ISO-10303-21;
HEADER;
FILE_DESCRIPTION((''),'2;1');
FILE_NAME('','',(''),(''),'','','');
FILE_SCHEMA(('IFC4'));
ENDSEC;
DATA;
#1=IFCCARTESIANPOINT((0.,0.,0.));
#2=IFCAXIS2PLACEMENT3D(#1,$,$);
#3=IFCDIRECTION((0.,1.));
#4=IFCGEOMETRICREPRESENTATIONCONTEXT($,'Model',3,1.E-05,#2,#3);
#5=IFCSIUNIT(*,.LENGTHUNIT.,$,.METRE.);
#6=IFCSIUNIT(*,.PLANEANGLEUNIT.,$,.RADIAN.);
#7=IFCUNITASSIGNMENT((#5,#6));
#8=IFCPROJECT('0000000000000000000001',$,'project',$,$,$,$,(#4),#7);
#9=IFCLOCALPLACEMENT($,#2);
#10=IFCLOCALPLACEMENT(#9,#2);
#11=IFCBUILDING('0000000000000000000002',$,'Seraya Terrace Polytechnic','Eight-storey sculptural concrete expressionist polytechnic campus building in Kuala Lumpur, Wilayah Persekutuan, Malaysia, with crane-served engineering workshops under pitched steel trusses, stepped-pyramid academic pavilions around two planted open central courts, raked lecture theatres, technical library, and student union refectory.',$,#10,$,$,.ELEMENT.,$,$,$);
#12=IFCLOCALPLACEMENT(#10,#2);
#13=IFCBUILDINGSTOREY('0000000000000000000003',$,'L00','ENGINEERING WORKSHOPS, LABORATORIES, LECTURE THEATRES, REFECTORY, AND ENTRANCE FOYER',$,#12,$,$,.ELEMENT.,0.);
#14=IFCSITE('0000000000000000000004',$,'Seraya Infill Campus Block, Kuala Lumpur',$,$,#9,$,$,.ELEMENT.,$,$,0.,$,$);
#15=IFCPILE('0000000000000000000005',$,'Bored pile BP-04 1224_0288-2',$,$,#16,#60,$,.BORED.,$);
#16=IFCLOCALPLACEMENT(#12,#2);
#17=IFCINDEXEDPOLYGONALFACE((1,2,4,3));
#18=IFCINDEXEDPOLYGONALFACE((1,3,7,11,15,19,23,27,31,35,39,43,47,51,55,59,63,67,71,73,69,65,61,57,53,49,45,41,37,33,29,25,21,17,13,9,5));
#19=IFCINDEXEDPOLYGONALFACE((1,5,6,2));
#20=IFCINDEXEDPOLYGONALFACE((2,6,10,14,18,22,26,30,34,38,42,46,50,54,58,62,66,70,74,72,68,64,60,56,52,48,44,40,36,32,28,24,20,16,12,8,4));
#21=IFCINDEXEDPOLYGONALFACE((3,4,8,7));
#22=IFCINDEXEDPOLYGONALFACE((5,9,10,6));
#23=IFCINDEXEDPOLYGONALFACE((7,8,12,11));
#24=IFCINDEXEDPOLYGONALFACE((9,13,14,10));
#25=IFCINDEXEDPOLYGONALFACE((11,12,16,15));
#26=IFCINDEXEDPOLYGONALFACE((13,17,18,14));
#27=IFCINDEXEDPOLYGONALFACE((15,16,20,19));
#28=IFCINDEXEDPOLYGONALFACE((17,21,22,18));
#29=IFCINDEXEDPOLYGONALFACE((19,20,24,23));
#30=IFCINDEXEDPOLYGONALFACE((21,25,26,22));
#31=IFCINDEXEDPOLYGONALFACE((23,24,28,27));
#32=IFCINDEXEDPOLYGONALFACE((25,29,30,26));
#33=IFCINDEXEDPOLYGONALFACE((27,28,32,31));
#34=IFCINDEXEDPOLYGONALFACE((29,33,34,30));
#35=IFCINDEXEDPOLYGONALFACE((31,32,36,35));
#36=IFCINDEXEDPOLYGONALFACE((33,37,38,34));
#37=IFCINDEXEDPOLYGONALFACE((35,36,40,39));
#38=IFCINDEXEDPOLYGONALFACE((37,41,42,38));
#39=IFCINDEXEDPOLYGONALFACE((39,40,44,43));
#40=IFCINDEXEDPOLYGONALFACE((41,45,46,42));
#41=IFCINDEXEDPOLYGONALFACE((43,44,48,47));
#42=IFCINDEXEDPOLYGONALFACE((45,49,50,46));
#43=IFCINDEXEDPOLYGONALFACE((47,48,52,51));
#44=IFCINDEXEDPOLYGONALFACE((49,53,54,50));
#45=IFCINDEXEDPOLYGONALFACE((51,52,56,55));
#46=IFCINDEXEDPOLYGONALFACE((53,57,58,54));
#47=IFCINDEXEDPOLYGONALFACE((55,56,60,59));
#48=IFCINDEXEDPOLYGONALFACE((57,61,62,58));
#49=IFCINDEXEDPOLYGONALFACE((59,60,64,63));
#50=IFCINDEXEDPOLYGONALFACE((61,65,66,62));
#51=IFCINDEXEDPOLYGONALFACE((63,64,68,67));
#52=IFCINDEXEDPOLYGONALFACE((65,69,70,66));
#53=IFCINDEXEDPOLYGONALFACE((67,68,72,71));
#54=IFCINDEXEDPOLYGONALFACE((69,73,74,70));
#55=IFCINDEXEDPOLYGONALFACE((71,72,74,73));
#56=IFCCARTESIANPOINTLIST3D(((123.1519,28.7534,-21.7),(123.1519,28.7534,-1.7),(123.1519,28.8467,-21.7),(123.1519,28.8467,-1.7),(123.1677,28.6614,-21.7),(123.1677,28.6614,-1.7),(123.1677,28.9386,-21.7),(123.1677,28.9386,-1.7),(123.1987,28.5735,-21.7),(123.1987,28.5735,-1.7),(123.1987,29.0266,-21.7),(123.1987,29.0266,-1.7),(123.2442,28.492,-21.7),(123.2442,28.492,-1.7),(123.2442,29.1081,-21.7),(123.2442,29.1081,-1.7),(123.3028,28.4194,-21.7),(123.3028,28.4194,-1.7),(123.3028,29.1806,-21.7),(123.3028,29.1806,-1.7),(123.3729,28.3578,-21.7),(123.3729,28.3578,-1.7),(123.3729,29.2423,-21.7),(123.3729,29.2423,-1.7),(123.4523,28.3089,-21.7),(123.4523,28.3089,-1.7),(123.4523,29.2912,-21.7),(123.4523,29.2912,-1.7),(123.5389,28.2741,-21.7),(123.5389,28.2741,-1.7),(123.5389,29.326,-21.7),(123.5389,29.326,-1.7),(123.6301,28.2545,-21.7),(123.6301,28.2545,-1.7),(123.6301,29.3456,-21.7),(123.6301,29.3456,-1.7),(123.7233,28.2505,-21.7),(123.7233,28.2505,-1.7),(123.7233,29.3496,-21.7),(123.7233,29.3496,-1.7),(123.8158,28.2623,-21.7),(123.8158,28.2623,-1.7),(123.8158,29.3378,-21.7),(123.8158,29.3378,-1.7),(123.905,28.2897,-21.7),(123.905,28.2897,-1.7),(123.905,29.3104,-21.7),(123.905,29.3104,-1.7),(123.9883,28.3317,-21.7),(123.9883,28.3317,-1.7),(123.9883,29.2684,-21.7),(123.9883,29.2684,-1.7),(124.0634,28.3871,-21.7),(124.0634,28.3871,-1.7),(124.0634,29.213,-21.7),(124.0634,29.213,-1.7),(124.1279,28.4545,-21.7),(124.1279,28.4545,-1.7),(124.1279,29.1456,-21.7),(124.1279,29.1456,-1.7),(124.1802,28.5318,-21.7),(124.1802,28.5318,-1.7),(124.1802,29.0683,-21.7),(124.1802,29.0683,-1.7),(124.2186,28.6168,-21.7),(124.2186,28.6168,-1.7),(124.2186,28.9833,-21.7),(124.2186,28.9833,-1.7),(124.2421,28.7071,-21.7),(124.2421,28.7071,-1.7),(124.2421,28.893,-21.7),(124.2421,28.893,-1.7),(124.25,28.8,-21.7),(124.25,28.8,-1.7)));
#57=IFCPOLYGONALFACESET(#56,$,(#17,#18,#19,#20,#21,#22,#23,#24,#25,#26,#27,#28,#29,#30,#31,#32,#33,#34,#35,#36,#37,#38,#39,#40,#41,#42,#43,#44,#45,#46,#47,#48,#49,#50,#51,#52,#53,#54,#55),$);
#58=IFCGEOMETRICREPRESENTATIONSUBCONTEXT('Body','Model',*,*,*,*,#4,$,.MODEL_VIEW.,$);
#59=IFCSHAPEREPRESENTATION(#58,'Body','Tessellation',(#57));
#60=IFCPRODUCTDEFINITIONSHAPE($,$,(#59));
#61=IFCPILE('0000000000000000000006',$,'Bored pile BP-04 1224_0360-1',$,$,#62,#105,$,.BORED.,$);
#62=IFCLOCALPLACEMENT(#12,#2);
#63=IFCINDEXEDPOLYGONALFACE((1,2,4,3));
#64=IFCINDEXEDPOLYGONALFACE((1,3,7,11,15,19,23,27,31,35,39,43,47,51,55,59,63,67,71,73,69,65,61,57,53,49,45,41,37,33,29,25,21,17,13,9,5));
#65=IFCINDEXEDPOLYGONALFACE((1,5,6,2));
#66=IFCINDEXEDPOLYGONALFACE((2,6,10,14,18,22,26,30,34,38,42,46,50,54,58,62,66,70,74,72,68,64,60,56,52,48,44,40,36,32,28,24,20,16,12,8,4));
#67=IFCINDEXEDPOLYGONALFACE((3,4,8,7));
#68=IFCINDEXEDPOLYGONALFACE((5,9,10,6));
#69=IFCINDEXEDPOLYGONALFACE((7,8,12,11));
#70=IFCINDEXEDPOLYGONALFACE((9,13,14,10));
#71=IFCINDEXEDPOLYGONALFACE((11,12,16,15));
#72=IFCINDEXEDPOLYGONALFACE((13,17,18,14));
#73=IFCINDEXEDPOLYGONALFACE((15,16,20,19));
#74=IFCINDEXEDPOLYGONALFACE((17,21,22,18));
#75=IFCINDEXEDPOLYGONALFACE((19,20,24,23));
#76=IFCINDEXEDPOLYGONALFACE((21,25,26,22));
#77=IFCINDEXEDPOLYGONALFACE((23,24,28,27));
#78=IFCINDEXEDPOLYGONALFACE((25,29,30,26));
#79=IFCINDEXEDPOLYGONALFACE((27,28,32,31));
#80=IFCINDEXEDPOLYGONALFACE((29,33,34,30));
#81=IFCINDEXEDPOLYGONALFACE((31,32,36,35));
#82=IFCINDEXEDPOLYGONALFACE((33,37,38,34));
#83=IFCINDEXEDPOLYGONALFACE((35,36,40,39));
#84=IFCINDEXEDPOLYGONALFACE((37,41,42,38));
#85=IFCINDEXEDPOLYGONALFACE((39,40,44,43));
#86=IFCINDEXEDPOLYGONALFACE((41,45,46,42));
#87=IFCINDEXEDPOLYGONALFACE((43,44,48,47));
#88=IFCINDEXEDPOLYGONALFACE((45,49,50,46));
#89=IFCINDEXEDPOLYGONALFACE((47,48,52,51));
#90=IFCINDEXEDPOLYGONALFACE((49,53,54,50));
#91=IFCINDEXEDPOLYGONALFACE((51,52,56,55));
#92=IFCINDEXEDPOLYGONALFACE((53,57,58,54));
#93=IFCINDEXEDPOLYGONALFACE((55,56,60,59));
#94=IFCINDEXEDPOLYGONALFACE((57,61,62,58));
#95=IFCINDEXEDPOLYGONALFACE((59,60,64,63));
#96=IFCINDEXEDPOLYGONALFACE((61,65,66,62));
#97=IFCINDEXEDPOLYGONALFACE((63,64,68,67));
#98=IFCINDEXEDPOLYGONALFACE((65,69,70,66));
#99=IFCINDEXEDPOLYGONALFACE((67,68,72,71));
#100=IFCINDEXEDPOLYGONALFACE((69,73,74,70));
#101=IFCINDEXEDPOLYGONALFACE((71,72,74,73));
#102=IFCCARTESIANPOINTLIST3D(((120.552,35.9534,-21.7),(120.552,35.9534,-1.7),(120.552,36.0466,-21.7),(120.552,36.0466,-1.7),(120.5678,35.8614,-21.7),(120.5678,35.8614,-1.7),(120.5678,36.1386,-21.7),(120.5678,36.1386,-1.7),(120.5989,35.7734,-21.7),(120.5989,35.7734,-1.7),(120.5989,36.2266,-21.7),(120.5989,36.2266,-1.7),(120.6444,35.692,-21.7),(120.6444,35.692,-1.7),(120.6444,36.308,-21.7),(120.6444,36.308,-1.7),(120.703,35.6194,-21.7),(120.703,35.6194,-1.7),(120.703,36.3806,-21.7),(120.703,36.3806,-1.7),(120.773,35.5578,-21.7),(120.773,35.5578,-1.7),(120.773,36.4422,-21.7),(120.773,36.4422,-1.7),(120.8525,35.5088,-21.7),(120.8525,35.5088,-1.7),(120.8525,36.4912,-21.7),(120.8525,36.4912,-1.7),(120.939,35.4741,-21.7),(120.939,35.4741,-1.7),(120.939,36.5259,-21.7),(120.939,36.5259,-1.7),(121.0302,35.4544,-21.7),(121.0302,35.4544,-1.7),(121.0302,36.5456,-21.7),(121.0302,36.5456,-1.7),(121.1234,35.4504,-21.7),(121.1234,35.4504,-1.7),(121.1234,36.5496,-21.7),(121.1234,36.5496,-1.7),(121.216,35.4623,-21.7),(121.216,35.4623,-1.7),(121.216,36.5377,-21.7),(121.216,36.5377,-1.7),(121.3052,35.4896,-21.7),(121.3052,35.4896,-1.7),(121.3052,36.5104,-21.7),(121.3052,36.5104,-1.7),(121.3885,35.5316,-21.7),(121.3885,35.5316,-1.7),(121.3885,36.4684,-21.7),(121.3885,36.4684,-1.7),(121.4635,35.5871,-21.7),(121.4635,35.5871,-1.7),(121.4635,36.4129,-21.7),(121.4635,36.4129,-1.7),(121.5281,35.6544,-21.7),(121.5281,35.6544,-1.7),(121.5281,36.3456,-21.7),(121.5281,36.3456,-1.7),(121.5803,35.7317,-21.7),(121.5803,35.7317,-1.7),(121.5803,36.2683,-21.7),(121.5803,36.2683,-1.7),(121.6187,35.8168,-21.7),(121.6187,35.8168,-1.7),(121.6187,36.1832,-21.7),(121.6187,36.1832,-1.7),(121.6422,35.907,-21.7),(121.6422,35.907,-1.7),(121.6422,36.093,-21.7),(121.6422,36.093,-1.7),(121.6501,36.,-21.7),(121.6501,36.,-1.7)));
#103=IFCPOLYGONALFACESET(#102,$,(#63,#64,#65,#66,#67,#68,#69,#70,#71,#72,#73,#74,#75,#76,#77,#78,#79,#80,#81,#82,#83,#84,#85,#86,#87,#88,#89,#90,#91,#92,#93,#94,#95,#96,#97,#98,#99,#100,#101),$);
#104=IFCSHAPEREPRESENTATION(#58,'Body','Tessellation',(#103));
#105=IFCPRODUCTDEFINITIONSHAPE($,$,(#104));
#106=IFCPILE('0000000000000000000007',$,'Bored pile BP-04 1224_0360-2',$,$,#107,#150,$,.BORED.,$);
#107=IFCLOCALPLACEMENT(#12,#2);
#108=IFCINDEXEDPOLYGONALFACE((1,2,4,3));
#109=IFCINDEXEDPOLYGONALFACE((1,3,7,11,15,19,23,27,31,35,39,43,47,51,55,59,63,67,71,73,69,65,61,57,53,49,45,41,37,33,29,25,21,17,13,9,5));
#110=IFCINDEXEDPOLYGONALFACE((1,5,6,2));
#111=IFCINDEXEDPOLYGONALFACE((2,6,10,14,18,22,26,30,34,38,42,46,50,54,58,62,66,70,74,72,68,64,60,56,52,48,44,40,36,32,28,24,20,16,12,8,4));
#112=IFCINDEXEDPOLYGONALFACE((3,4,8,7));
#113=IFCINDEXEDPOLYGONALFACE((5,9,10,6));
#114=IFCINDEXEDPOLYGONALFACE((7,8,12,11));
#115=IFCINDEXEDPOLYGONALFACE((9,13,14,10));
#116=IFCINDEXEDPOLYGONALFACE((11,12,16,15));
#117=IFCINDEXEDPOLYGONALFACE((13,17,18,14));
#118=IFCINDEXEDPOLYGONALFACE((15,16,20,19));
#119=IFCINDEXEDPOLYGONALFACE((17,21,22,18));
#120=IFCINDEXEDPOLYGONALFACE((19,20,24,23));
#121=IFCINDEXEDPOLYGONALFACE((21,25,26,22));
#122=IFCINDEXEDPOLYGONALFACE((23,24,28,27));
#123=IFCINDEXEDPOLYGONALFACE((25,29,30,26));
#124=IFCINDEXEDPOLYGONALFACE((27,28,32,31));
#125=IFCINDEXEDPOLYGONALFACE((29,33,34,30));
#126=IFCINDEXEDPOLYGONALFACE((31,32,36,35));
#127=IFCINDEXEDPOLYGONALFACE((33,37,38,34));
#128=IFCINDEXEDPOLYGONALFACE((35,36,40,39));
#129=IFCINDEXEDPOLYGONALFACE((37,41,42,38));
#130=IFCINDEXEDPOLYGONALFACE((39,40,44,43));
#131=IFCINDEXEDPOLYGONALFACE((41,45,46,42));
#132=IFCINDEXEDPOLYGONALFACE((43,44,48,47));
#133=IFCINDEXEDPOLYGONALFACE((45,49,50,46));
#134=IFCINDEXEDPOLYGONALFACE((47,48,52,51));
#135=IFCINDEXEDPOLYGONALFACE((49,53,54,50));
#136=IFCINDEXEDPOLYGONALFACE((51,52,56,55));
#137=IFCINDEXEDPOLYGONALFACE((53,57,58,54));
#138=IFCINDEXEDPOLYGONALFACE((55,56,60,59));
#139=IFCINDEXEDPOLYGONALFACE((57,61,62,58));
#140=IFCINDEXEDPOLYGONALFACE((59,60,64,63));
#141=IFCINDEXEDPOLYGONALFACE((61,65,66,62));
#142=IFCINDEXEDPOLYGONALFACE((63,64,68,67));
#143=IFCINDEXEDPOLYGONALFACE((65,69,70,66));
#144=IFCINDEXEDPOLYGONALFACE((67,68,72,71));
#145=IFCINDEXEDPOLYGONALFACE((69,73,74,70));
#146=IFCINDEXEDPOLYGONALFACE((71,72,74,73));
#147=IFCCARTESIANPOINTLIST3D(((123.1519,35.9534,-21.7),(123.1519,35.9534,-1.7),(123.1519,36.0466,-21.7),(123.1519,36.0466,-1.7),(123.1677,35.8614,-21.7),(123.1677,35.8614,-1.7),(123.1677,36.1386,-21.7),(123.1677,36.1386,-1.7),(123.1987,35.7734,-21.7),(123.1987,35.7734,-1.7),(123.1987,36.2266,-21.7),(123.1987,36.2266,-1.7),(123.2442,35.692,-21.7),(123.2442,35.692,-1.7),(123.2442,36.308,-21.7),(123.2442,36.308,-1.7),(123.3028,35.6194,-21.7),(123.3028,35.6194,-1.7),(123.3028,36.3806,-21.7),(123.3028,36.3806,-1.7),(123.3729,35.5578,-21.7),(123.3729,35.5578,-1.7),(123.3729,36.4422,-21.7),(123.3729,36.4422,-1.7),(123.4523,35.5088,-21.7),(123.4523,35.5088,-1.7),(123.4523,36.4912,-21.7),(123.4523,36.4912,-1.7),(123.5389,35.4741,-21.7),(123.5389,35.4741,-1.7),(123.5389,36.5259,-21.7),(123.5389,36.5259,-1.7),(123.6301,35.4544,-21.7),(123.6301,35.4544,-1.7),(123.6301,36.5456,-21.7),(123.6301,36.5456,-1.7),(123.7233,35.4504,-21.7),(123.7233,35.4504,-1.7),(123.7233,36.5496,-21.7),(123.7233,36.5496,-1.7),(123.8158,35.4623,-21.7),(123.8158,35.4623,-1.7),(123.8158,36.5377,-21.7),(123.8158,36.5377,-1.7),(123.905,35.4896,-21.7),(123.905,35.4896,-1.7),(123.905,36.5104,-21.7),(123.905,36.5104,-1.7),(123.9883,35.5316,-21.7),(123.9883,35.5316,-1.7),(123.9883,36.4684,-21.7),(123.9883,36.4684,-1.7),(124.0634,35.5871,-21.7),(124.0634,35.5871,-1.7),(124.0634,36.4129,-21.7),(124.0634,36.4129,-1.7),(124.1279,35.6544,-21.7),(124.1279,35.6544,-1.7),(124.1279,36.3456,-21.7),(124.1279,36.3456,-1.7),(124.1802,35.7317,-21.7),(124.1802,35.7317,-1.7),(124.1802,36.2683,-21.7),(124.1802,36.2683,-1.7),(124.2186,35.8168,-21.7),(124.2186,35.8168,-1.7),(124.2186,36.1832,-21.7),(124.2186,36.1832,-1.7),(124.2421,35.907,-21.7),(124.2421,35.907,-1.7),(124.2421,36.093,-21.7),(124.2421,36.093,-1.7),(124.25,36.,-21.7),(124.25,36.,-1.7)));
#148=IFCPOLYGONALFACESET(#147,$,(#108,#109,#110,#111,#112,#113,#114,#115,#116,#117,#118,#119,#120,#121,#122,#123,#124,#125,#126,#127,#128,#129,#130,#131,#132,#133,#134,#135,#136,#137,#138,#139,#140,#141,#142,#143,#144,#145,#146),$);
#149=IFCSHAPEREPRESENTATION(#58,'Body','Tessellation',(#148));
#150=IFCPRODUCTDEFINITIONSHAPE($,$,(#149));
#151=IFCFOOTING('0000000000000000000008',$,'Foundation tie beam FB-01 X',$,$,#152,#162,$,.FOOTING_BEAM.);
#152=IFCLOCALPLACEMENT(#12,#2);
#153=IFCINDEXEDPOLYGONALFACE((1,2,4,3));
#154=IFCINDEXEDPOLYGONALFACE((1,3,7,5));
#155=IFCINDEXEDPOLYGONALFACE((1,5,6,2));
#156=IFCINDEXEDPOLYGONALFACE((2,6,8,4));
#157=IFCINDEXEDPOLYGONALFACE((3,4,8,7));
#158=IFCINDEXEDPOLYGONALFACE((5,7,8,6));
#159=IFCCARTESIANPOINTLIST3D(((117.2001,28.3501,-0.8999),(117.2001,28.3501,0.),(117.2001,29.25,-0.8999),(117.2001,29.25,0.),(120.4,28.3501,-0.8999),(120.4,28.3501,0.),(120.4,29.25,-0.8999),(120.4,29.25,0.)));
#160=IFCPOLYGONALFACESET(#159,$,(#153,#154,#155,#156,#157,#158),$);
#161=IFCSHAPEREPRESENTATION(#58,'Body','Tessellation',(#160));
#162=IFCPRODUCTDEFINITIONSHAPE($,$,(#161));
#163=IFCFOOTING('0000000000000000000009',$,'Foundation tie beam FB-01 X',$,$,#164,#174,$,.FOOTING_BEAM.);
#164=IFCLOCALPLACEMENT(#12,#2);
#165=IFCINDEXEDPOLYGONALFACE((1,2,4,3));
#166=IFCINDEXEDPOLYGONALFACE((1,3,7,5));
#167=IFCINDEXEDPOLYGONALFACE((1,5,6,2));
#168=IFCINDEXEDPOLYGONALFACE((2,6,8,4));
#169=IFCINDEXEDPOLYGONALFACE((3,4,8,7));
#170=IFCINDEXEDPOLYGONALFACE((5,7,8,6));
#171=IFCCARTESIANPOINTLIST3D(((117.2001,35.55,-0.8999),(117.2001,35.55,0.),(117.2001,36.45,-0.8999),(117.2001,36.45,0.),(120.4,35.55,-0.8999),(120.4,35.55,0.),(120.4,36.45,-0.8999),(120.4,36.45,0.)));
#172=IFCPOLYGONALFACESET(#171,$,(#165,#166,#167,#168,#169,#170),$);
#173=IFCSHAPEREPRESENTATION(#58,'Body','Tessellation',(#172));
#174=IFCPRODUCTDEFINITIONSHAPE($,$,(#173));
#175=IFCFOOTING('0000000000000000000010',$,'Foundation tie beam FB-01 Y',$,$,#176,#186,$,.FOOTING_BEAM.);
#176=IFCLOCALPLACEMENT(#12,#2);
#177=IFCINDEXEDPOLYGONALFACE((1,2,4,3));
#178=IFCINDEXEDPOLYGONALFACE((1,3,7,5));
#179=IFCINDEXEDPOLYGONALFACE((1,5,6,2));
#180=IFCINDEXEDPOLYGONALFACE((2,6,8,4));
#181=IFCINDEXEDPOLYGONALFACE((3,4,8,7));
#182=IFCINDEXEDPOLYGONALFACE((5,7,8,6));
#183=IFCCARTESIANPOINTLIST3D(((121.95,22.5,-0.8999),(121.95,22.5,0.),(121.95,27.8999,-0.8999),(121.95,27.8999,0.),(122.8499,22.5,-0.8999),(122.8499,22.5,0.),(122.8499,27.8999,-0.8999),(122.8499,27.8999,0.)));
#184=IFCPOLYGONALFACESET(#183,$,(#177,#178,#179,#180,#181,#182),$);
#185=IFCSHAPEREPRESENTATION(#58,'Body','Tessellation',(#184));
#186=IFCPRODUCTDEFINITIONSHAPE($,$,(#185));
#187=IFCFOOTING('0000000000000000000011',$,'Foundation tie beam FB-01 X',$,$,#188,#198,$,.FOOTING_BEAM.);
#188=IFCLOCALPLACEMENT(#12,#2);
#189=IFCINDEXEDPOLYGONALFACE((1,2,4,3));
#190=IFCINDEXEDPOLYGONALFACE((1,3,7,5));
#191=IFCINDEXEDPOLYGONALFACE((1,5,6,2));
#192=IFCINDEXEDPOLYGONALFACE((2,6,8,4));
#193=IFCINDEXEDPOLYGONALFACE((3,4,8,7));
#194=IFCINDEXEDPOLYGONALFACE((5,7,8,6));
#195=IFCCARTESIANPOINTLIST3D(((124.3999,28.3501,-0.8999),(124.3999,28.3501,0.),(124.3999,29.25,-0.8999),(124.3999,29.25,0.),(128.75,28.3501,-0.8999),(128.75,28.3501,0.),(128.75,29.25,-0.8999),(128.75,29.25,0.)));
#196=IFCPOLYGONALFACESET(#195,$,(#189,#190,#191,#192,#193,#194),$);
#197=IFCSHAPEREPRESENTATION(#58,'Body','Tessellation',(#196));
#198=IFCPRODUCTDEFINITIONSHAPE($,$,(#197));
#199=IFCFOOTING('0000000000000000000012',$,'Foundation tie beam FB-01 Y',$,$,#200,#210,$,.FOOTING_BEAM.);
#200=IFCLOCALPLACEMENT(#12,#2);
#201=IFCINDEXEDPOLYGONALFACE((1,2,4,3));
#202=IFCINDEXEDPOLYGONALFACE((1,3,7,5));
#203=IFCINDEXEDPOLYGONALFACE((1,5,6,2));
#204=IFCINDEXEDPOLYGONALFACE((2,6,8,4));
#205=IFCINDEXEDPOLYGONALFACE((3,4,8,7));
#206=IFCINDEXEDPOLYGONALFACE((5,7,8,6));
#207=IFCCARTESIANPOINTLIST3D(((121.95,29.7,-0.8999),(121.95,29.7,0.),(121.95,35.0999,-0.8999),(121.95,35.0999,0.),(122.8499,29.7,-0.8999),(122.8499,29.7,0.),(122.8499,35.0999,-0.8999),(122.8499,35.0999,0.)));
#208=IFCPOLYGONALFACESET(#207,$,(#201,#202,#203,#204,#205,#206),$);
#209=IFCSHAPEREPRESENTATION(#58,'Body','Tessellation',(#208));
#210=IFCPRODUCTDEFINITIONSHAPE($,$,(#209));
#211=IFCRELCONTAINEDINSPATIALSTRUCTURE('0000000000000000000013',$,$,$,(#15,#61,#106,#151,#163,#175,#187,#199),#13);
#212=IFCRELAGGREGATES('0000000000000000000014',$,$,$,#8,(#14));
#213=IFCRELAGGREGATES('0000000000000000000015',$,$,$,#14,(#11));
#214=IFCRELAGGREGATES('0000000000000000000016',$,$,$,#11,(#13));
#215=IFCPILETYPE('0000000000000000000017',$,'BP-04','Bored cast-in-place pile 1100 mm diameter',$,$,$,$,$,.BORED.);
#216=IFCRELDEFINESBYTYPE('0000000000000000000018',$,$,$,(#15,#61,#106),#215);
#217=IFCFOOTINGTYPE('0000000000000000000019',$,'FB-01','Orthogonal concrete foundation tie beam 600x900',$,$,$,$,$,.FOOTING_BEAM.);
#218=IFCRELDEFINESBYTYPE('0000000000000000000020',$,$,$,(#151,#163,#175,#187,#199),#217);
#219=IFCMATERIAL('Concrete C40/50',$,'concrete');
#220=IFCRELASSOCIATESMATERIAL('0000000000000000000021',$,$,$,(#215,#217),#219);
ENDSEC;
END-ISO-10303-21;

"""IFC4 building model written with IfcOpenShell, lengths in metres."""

from ifc_helpers import new_model, si_unit, direction, frame, origin, origin_2d, place, context, subcontext, project, spatial, rectangle, circle, extrude, material, material_profile, profile_set, type_object, element, save


model = new_model("IFC4")

# Units and contexts
model_context = context("Model", 3, precision=1e-05, world=origin(), true_north=direction((0.0, 1.0)))
body_context = subcontext(model_context, "Body", "Model", "MODEL_VIEW")
ifc_project = project(units=[si_unit("LENGTHUNIT", "METRE"), si_unit("PLANEANGLEUNIT", "RADIAN")], contexts=[model_context])

# Site, building, storey
site_placement = place(None, origin())
site = spatial("IfcSite", under=ifc_project, at=site_placement, Name="Seraya Infill Campus Block, Kuala Lumpur", CompositionType="ELEMENT", RefElevation=0.0)
building_placement = place(site_placement, origin())
building = spatial("IfcBuilding", under=site, at=building_placement, Name="Seraya Terrace Polytechnic", Description="Eight-storey sculptural concrete expressionist polytechnic campus building in Kuala Lumpur, Wilayah Persekutuan, Malaysia, with crane-served engineering workshops under pitched steel trusses, stepped-pyramid academic pavilions around two planted open central courts, raked lecture theatres, technical library, and student union refectory.", CompositionType="ELEMENT")
storey_placement = place(building_placement, origin())
storey = spatial("IfcBuildingStorey", under=building, at=storey_placement, Name="L00", Description="ENGINEERING WORKSHOPS, LABORATORIES, LECTURE THEATRES, REFECTORY, AND ENTRANCE FOYER", CompositionType="ELEMENT", Elevation=0.0)

# Piles
ifc_material_1 = material(Name="Concrete C40/50", Category="concrete")
ifc_material_profile_1 = material_profile(ifc_material_1, circle(Radius=0.55, at=origin_2d()), Name="DIA 1100")
ifc_profile_set_1 = profile_set([ifc_material_profile_1], Name="Concrete C40/50")
pile_type_1 = type_object("IfcPileType", Name="BP-04", Description="Bored cast-in-place pile 1100 mm diameter", PredefinedType="BORED", material=ifc_profile_set_1)
for number, where, z_axis, x_axis, name in (
    (1, (123.7, 28.8, -1.7), (0.0, 0.0, -1.0), (1.0, 0.0, 0.0), "Bored pile BP-04 1224_0288-2"),
    (2, (121.1001, 36.0, -1.7), (0.0, 0.0, -1.0), (1.0, 0.0, 0.0), "Bored pile BP-04 1224_0360-1"),
    (3, (123.7, 36.0, -1.7), (0.0, 0.0, -1.0), (1.0, 0.0, 0.0), "Bored pile BP-04 1224_0360-2"),
):
    element("IfcPile", number, at=place(storey_placement, frame(where, z_axis=z_axis, x_axis=x_axis)), inside=storey, type_object=pile_type_1, Name=name, PredefinedType="BORED", context=body_context, shape_type="SweptSolid", body=[
        extrude(circle(Radius=0.55, at=origin_2d()), origin(), (0.0, 0.0, 1.0), 20.0),
    ])

# Footings
footing_type_1 = type_object("IfcFootingType", Name="FB-01", Description="Orthogonal concrete foundation tie beam 600x900", PredefinedType="FOOTING_BEAM", material=ifc_material_1)
for number, where, z_axis, x_axis, name in (
    (4, (118.8, 28.8, -0.8999), (0.0, 0.0, 1.0), (1.0, 0.0, 0.0), "Foundation tie beam FB-01 X"),
    (5, (118.8, 36.0, -0.8999), (0.0, 0.0, 1.0), (1.0, 0.0, 0.0), "Foundation tie beam FB-01 X"),
):
    element("IfcFooting", number, at=place(storey_placement, frame(where, z_axis=z_axis, x_axis=x_axis)), inside=storey, type_object=footing_type_1, Name=name, PredefinedType="FOOTING_BEAM", context=body_context, shape_type="SweptSolid", body=[
        extrude(rectangle(XDim=3.2, YDim=0.8999, at=origin_2d()), origin(), (0.0, 0.0, 1.0), 0.8999),
    ])
footing_1_placement = place(storey_placement, frame((122.3999, 25.2, -0.8999), z_axis=(0.0, 0.0, 1.0), x_axis=(0.0, 1.0, 0.0)))
element("IfcFooting", 6, at=footing_1_placement, inside=storey, type_object=footing_type_1, Name="Foundation tie beam FB-01 Y", PredefinedType="FOOTING_BEAM", context=body_context, shape_type="SweptSolid", body=[
    extrude(rectangle(XDim=5.3999, YDim=0.8999, at=origin_2d()), origin(), (0.0, 0.0, 1.0), 0.8999),
])
footing_2_placement = place(storey_placement, frame((126.575, 28.8, -0.8999), z_axis=(0.0, 0.0, 1.0), x_axis=(1.0, 0.0, 0.0)))
element("IfcFooting", 7, at=footing_2_placement, inside=storey, type_object=footing_type_1, Name="Foundation tie beam FB-01 X", PredefinedType="FOOTING_BEAM", context=body_context, shape_type="SweptSolid", body=[
    extrude(rectangle(XDim=4.3501, YDim=0.8999, at=origin_2d()), origin(), (0.0, 0.0, 1.0), 0.8999),
])
footing_3_placement = place(storey_placement, frame((122.3999, 32.3999, -0.8999), z_axis=(0.0, 0.0, 1.0), x_axis=(0.0, 1.0, 0.0)))
element("IfcFooting", 8, at=footing_3_placement, inside=storey, type_object=footing_type_1, Name="Foundation tie beam FB-01 Y", PredefinedType="FOOTING_BEAM", context=body_context, shape_type="SweptSolid", body=[
    extrude(rectangle(XDim=5.3999, YDim=0.8999, at=origin_2d()), origin(), (0.0, 0.0, 1.0), 0.8999),
])

save(model, "model.ifc")
